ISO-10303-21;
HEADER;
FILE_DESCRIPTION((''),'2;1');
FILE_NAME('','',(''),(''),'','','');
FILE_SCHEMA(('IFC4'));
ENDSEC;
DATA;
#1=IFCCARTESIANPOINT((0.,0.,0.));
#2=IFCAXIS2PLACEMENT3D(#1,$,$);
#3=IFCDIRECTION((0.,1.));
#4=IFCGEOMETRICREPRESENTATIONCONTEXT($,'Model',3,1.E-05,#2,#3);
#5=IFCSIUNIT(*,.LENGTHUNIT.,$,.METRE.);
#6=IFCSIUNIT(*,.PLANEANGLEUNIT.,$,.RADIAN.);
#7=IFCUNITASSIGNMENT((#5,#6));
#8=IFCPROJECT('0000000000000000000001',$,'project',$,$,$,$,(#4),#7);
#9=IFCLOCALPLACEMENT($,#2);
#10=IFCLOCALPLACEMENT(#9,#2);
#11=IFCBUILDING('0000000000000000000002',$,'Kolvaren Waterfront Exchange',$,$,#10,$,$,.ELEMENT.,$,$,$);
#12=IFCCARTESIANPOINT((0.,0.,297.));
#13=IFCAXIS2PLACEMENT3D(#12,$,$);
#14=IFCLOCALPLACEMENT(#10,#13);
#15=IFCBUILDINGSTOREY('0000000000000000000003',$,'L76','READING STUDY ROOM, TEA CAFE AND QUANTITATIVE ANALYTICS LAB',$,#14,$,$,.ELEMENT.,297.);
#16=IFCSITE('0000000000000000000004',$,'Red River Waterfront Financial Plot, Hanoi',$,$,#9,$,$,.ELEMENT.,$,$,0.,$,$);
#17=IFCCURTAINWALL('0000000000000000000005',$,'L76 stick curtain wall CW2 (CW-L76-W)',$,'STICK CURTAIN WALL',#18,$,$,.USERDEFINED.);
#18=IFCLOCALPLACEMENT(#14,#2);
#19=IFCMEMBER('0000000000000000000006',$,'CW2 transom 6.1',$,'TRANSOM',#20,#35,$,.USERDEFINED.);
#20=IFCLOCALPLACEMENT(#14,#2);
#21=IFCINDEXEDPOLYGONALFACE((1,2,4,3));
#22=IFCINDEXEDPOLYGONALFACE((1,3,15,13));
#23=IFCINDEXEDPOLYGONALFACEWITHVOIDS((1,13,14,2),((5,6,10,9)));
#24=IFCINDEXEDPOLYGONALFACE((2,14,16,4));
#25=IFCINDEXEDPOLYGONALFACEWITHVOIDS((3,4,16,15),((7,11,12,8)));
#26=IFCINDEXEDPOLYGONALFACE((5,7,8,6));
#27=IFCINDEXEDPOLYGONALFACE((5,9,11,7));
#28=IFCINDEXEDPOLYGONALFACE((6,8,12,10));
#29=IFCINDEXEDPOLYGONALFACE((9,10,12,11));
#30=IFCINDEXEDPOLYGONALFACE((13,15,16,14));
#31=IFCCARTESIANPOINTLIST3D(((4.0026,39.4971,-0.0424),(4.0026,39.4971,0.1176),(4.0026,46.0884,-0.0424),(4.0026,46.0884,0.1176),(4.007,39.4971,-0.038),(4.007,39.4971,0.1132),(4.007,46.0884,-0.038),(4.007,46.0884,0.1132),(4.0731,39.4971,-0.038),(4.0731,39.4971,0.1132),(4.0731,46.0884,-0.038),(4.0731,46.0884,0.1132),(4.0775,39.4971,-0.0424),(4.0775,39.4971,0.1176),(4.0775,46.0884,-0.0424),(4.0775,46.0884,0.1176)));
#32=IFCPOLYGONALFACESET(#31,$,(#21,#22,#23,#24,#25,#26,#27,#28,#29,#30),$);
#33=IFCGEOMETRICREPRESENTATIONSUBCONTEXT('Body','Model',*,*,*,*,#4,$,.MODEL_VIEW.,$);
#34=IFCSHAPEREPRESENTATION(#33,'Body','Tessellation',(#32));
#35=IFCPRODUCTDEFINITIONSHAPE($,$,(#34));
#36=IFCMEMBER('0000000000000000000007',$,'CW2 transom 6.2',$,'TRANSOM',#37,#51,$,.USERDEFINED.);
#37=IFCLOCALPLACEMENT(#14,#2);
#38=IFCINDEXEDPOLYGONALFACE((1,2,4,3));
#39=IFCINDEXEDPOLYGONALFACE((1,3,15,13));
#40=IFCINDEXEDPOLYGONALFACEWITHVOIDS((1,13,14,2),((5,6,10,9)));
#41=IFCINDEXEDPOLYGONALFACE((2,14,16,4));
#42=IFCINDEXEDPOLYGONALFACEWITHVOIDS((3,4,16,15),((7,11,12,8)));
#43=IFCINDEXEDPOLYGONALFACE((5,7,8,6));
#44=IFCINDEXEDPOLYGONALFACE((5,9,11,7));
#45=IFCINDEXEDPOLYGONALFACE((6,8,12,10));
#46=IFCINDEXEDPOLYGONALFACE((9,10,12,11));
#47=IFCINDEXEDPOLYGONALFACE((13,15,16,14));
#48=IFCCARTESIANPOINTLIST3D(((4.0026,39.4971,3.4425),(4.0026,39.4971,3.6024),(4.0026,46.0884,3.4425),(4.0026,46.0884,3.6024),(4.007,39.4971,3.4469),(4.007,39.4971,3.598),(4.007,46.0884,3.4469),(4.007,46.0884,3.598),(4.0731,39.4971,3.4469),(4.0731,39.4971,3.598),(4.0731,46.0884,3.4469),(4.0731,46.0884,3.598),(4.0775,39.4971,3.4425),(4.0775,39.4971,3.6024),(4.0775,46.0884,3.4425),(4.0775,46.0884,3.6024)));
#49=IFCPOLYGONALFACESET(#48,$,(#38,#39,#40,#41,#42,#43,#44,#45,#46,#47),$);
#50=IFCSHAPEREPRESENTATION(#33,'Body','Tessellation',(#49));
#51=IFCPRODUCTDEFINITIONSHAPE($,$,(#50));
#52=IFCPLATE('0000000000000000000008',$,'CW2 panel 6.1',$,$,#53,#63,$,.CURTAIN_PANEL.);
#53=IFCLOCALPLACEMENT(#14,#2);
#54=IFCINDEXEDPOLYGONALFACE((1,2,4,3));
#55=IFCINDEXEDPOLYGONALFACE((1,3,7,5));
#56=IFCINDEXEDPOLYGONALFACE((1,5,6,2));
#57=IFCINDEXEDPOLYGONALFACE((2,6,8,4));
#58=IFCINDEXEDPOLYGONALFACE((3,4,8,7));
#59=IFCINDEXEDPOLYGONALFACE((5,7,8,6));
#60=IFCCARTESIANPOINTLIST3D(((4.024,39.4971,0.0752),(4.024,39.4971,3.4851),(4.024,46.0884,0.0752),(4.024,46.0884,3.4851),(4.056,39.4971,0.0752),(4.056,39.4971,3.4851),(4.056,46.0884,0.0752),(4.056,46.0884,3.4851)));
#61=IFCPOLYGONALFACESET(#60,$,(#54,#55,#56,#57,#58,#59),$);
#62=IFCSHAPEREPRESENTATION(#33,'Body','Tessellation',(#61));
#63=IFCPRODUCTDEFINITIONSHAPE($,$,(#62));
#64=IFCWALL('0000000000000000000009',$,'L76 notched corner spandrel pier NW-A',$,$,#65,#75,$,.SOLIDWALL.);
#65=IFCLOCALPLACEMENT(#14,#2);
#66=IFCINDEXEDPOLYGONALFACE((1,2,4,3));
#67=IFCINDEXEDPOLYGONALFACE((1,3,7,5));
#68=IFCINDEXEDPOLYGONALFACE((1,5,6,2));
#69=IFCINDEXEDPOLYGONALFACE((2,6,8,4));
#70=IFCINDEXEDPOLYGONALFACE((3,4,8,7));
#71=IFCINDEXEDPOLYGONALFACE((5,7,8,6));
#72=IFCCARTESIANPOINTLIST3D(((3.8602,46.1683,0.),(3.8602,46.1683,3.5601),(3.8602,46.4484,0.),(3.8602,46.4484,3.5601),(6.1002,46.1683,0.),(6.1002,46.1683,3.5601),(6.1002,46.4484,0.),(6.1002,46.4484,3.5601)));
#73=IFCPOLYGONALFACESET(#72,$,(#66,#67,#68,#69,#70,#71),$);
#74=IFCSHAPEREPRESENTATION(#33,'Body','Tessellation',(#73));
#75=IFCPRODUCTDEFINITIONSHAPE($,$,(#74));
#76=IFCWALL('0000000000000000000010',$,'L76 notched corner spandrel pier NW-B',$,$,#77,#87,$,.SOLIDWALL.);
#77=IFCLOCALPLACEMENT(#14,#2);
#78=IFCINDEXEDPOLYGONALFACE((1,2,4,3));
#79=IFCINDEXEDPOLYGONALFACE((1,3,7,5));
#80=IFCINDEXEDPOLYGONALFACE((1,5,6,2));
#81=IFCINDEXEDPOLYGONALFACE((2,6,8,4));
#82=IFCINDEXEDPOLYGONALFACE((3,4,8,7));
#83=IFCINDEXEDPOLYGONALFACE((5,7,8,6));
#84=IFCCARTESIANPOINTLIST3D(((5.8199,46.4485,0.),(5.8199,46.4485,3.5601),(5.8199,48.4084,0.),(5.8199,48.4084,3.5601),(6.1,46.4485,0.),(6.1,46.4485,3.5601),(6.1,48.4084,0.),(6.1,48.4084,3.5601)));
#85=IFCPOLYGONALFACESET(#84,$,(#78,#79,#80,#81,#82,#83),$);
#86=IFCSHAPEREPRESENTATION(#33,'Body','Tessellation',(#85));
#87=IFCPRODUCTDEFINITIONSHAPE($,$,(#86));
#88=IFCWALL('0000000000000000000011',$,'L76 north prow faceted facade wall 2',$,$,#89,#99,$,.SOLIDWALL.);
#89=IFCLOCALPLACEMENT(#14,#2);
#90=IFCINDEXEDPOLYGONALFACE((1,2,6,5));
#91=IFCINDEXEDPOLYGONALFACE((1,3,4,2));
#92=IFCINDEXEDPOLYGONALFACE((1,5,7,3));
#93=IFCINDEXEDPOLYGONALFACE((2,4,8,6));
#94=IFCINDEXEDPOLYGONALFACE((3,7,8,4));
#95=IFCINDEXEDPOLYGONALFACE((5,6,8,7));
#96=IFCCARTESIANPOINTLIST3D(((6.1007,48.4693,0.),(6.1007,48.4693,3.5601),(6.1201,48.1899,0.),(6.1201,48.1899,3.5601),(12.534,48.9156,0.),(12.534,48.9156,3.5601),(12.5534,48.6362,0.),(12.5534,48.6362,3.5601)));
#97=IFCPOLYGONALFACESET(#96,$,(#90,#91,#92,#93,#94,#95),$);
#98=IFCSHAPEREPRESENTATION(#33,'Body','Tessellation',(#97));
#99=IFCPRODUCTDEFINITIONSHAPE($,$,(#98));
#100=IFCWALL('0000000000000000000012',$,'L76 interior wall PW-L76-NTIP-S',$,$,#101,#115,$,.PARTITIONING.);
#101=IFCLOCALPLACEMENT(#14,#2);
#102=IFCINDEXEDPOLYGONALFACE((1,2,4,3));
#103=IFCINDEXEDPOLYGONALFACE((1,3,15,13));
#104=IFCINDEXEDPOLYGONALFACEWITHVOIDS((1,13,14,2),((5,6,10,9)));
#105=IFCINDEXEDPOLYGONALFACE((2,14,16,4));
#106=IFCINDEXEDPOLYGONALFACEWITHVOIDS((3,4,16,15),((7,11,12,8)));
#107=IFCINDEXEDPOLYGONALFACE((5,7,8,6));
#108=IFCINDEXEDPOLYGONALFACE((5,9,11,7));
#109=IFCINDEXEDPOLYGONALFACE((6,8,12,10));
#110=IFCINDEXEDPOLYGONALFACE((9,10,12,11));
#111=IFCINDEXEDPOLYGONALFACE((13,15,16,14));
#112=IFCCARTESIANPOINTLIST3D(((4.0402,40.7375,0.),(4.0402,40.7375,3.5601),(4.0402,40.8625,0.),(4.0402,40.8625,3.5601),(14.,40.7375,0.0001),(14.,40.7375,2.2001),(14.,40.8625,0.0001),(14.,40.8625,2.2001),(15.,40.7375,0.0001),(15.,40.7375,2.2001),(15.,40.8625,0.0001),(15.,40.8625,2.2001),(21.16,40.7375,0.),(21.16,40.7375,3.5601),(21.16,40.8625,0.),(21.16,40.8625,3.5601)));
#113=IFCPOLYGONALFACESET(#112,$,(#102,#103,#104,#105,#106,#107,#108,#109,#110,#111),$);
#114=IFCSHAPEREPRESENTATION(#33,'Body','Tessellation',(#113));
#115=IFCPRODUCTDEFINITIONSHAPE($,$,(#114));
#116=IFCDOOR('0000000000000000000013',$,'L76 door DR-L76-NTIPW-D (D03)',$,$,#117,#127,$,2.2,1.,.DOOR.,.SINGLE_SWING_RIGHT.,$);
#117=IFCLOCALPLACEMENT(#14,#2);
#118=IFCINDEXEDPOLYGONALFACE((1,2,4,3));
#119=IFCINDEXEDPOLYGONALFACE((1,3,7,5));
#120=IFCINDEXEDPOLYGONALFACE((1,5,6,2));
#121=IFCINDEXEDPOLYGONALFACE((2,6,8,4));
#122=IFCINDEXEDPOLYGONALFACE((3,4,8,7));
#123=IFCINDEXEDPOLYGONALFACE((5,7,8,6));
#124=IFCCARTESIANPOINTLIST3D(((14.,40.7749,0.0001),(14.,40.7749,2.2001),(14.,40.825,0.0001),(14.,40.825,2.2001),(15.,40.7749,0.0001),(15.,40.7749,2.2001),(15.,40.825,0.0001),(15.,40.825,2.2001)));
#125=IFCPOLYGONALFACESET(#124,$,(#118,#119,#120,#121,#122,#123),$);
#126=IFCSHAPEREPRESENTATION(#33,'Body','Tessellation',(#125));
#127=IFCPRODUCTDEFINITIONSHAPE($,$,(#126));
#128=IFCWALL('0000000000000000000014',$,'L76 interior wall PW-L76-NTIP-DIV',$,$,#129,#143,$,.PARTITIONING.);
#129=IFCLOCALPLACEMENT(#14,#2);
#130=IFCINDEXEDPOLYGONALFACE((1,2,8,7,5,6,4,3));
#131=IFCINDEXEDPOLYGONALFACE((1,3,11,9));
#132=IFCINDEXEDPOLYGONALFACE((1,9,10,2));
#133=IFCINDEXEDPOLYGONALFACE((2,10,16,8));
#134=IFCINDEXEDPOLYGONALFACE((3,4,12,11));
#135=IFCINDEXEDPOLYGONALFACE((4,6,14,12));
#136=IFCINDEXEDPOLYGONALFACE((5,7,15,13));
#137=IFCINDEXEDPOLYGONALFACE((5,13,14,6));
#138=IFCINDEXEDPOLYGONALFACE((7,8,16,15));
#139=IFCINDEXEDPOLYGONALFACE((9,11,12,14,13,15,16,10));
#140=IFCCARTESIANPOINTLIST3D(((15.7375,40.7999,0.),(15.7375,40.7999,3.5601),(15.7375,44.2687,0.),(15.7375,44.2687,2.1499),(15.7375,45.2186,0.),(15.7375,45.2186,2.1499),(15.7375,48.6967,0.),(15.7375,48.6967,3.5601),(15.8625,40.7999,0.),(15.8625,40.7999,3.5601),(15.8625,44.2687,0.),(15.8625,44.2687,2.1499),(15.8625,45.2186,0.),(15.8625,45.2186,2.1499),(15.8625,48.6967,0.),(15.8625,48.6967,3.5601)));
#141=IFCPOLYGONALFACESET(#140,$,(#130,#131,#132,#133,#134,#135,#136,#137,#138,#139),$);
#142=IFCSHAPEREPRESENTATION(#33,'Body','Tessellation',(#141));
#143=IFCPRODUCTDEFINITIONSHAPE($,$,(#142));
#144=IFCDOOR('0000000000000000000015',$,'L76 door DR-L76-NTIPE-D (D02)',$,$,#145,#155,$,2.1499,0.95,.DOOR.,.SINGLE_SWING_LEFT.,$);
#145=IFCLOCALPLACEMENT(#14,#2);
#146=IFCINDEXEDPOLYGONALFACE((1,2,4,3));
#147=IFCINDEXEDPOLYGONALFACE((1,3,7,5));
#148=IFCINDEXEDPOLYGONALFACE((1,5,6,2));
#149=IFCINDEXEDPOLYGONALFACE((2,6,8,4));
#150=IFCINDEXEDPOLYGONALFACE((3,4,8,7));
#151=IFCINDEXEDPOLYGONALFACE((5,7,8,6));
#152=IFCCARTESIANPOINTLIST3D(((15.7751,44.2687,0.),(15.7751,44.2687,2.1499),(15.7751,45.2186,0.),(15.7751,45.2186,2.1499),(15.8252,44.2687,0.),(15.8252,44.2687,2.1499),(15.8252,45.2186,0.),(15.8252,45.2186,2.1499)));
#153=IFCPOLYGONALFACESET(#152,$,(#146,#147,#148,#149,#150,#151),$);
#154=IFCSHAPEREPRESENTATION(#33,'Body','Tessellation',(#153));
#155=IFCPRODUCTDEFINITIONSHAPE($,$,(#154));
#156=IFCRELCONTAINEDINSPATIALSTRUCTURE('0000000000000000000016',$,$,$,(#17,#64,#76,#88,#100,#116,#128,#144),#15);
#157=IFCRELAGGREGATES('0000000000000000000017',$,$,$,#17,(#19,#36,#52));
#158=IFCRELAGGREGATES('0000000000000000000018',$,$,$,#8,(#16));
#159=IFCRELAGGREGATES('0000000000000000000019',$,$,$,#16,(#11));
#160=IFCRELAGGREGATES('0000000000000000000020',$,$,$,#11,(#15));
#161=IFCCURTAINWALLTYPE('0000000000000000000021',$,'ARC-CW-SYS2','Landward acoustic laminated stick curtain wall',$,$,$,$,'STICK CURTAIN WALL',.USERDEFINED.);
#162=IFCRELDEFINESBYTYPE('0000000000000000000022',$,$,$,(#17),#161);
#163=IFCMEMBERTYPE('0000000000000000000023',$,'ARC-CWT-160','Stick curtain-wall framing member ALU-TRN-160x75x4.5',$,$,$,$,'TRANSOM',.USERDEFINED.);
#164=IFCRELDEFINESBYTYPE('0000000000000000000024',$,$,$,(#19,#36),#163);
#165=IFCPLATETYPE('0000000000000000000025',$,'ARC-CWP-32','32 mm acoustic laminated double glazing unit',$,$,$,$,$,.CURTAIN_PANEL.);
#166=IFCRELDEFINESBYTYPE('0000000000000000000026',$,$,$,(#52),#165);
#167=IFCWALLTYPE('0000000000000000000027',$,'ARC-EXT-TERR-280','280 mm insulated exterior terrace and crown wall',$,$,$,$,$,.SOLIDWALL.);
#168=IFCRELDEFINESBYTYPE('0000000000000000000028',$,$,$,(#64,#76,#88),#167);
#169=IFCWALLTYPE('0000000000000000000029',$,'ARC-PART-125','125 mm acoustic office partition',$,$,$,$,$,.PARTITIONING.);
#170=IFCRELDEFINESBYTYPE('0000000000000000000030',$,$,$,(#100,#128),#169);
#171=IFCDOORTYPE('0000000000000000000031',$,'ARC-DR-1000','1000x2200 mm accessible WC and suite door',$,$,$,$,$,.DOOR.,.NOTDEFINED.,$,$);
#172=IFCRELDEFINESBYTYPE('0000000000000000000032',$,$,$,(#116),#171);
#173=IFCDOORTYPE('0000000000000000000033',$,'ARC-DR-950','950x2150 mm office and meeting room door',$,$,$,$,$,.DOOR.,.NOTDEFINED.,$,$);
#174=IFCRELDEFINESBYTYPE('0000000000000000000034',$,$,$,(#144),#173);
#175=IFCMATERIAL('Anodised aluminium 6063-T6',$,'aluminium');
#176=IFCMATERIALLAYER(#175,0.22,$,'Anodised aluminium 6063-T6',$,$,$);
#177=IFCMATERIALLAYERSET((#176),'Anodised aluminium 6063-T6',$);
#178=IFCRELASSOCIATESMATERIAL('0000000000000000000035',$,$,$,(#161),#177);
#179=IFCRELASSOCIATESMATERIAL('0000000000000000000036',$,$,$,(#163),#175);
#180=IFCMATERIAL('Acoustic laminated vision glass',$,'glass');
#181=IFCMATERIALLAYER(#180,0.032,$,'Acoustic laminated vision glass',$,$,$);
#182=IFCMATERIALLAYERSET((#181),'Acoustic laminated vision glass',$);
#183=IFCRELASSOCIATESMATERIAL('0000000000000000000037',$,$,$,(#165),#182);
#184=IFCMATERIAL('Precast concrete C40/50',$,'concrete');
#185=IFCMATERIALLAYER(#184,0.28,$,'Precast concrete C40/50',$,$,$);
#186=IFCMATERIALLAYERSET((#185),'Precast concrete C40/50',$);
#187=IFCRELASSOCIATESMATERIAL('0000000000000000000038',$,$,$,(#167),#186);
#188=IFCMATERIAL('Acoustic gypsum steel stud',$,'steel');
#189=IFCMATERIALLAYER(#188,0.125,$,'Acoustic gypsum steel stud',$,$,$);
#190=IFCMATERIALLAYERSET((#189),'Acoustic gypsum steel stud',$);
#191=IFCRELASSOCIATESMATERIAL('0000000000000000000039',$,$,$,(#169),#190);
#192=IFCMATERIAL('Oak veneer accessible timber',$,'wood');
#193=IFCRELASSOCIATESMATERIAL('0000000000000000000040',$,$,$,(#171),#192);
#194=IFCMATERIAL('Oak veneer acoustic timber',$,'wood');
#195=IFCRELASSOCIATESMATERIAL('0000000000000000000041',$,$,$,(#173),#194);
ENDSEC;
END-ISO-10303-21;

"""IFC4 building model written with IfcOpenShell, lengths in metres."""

from ifc_helpers import new_model, si_unit, direction, frame, frame_2d, origin, origin_with_axes, origin_2d, place, context, subcontext, project, spatial, rectangle, hollow_rectangle, extrude, source, transform, mapped, material, layer, layer_set, material_profile, profile_set, type_object, element, fill, aggregate, save


model = new_model("IFC4")

# Units and contexts
model_context = context("Model", 3, precision=1e-05, world=origin(), true_north=direction((0.0, 1.0)))
body_context = subcontext(model_context, "Body", "Model", "MODEL_VIEW")
ifc_project = project(units=[si_unit("LENGTHUNIT", "METRE"), si_unit("PLANEANGLEUNIT", "RADIAN")], contexts=[model_context])

# Site, building, storey
site_placement = place(None, origin())
site = spatial("IfcSite", under=ifc_project, at=site_placement, Name="Red River Waterfront Financial Plot, Hanoi", CompositionType="ELEMENT", RefElevation=0.0)
building_placement = place(site_placement, origin())
building = spatial("IfcBuilding", under=site, at=building_placement, Name="Kolvaren Waterfront Exchange", CompositionType="ELEMENT")
storey_placement = place(building_placement, frame((0.0, 0.0, 297.0)))
storey = spatial("IfcBuildingStorey", under=building, at=storey_placement, Name="L76", Description="READING STUDY ROOM, TEA CAFE AND QUANTITATIVE ANALYTICS LAB", CompositionType="ELEMENT", Elevation=297.0)

# Curtain wall, members, plate
ifc_material_1 = material(Name="Anodised aluminium 6063-T6", Category="aluminium")
ifc_layer_1 = layer(ifc_material_1, 0.22, Name="Anodised aluminium 6063-T6")
ifc_layer_set_1 = layer_set([ifc_layer_1], Name="Anodised aluminium 6063-T6")
curtain_wall_type = type_object("IfcCurtainWallType", Name="ARC-CW-SYS2", Description="Landward acoustic laminated stick curtain wall", ElementType="STICK CURTAIN WALL", PredefinedType="USERDEFINED", material=ifc_layer_set_1)
curtain_wall_placement = place(storey_placement, origin())
curtain_wall = element("IfcCurtainWall", 1, at=curtain_wall_placement, inside=storey, type_object=curtain_wall_type, Name="L76 stick curtain wall CW2 (CW-L76-W)", ObjectType="STICK CURTAIN WALL", PredefinedType="USERDEFINED")
ifc_material_profile_1 = material_profile(ifc_material_1, hollow_rectangle(XDim=0.075, YDim=0.1599, WallThickness=0.0044, at=origin_2d()), Name="ALU-TRN-160x75x4.5")
ifc_profile_set_1 = profile_set([ifc_material_profile_1], Name="Anodised aluminium 6063-T6")
member_type_1 = type_object("IfcMemberType", Name="ARC-CWT-160", Description="Stick curtain-wall framing member ALU-TRN-160x75x4.5", ElementType="TRANSOM", PredefinedType="USERDEFINED", material=ifc_profile_set_1)
shared_shape_1 = source(origin_with_axes(), body_context, "Body", "SweptSolid", [
    extrude(hollow_rectangle(XDim=0.075, YDim=0.1599, WallThickness=0.0044, at=origin_2d()), origin(), (0.0, 0.0, 1.0), 6.5913),
])
member_1_placement = place(storey_placement, frame((4.04, 39.4971, 0.0376), z_axis=(0.0, 1.0, 0.0), x_axis=(-1.0, 0.0, 0.0)))
member_1 = element("IfcMember", 2, at=member_1_placement, type_object=member_type_1, Name="CW2 transom 6.1", ObjectType="TRANSOM", PredefinedType="USERDEFINED", context=body_context, shape_type="MappedRepresentation", body=[
    mapped(shared_shape_1, transform((0.0, 0.0, 0.0), x_axis=(1.0, 0.0, 0.0), y_axis=(0.0, 1.0, 0.0), z_axis=(0.0, 0.0, 1.0), scale=1.0)),
])
member_2_placement = place(storey_placement, frame((4.04, 39.4971, 3.5225), z_axis=(0.0, 1.0, 0.0), x_axis=(-1.0, 0.0, 0.0)))
member_2 = element("IfcMember", 3, at=member_2_placement, type_object=member_type_1, Name="CW2 transom 6.2", ObjectType="TRANSOM", PredefinedType="USERDEFINED", context=body_context, shape_type="MappedRepresentation", body=[
    mapped(shared_shape_1, transform((0.0, 0.0, 0.0), x_axis=(1.0, 0.0, 0.0), y_axis=(0.0, 1.0, 0.0), z_axis=(0.0, 0.0, 1.0), scale=1.0)),
])
ifc_material_2 = material(Name="Acoustic laminated vision glass", Category="glass")
ifc_layer_2 = layer(ifc_material_2, 0.032, Name="Acoustic laminated vision glass")
ifc_layer_set_2 = layer_set([ifc_layer_2], Name="Acoustic laminated vision glass")
plate_type = type_object("IfcPlateType", Name="ARC-CWP-32", Description="32 mm acoustic laminated double glazing unit", PredefinedType="CURTAIN_PANEL", material=ifc_layer_set_2)
shared_shape_2 = source(origin_with_axes(), body_context, "Body", "SweptSolid", [
    extrude(rectangle(XDim=6.5913, YDim=0.032, at=origin_2d()), origin(), (0.0, 0.0, 1.0), 3.4099),
])
plate_placement = place(storey_placement, frame((4.04, 42.7927, 0.0752), z_axis=(0.0, 0.0, 1.0), x_axis=(0.0, 1.0, 0.0)))
plate = element("IfcPlate", 4, at=plate_placement, type_object=plate_type, Name="CW2 panel 6.1", PredefinedType="CURTAIN_PANEL", context=body_context, shape_type="MappedRepresentation", body=[
    mapped(shared_shape_2, transform((0.0, 0.0, 0.0), x_axis=(1.0, 0.0, 0.0), y_axis=(0.0, 1.0, 0.0), z_axis=(0.0, 0.0, 1.0), scale=1.0)),
])
aggregate(curtain_wall, [member_1, member_2, plate])

# Walls
ifc_material_3 = material(Name="Precast concrete C40/50", Category="concrete")
ifc_layer_3 = layer(ifc_material_3, 0.28, Name="Precast concrete C40/50")
ifc_layer_set_3 = layer_set([ifc_layer_3], Name="Precast concrete C40/50")
wall_type_1 = type_object("IfcWallType", Name="ARC-EXT-TERR-280", Description="280 mm insulated exterior terrace and crown wall", PredefinedType="SOLIDWALL", material=ifc_layer_set_3)
wall_1_placement = place(storey_placement, frame((3.8601, 46.3083, 0.0), z_axis=(0.0, 0.0, 1.0), x_axis=(1.0, 0.0, 0.0)))
element("IfcWall", 5, at=wall_1_placement, inside=storey, type_object=wall_type_1, Name="L76 notched corner spandrel pier NW-A", PredefinedType="SOLIDWALL", context=body_context, shape_type="SweptSolid", body=[
    extrude(rectangle(XDim=2.24, YDim=0.28, at=frame_2d((1.1201, 0.0))), origin(), (0.0, 0.0, 1.0), 3.5601),
])
wall_2_placement = place(storey_placement, frame((5.96, 46.4485, 0.0), z_axis=(0.0, 0.0, 1.0), x_axis=(0.0, 1.0, 0.0)))
element("IfcWall", 6, at=wall_2_placement, inside=storey, type_object=wall_type_1, Name="L76 notched corner spandrel pier NW-B", PredefinedType="SOLIDWALL", context=body_context, shape_type="SweptSolid", body=[
    extrude(rectangle(XDim=1.96, YDim=0.28, at=frame_2d((0.98, 0.0))), origin(), (0.0, 0.0, 1.0), 3.5601),
])
wall_3_placement = place(storey_placement, frame((12.5437, 48.7759, 0.0), z_axis=(0.0, 0.0, 1.0), x_axis=(-0.997602, -0.069205, 0.0)))
element("IfcWall", 7, at=wall_3_placement, inside=storey, type_object=wall_type_1, Name="L76 north prow faceted facade wall 2", PredefinedType="SOLIDWALL", context=body_context, shape_type="SweptSolid", body=[
    extrude(rectangle(XDim=6.4487, YDim=0.28, at=frame_2d((3.2244, 0.0))), origin(), (0.0, 0.0, 1.0), 3.5601),
])

# Walls, openings, doors
ifc_material_4 = material(Name="Acoustic gypsum steel stud", Category="steel")
ifc_layer_4 = layer(ifc_material_4, 0.125, Name="Acoustic gypsum steel stud")
ifc_layer_set_4 = layer_set([ifc_layer_4], Name="Acoustic gypsum steel stud")
wall_type_2 = type_object("IfcWallType", Name="ARC-PART-125", Description="125 mm acoustic office partition", PredefinedType="PARTITIONING", material=ifc_layer_set_4)
wall_4_placement = place(storey_placement, frame((4.04, 40.8, 0.0), z_axis=(0.0, 0.0, 1.0), x_axis=(1.0, 0.0, 0.0)))
wall_4 = element("IfcWall", 8, at=wall_4_placement, inside=storey, type_object=wall_type_2, Name="L76 interior wall PW-L76-NTIP-S", PredefinedType="PARTITIONING", context=body_context, shape_type="SweptSolid", body=[
    extrude(rectangle(XDim=17.1199, YDim=0.125, at=frame_2d((8.5601, 0.0))), origin(), (0.0, 0.0, 1.0), 3.5601),
])
opening_1_placement = place(wall_4_placement, frame((9.96, 0.0, 0.0)))
opening_1 = element("IfcOpeningElement", 9, at=opening_1_placement, cuts=wall_4, PredefinedType="OPENING", context=body_context, shape_type="SweptSolid", body=[
    extrude(rectangle(XDim=1.0, YDim=2.2, at=frame_2d((0.5, 1.1001))), frame((0.0, 0.0725, 0.0), z_axis=(0.0, -1.0, 0.0), x_axis=(1.0, 0.0, 0.0)), (0.0, 0.0, 1.0), 0.145),
])
ifc_material_5 = material(Name="Oak veneer accessible timber", Category="wood")
door_type_1 = type_object("IfcDoorType", Name="ARC-DR-1000", Description="1000x2200 mm accessible WC and suite door", OperationType="NOTDEFINED", PredefinedType="DOOR", material=ifc_material_5)
door_1_placement = place(opening_1_placement, origin())
door_1 = element("IfcDoor", 10, at=door_1_placement, inside=storey, type_object=door_type_1, Name="L76 door DR-L76-NTIPW-D (D03)", OperationType="SINGLE_SWING_RIGHT", OverallHeight=2.2, OverallWidth=1.0, PredefinedType="DOOR", context=body_context, shape_type="SweptSolid", body=[
    extrude(rectangle(XDim=1.0, YDim=2.2, at=frame_2d((0.5, 1.1001))), frame((0.0, 0.0249, 0.0), z_axis=(0.0, -1.0, 0.0), x_axis=(1.0, 0.0, 0.0)), (0.0, 0.0, 1.0), 0.05),
])
fill(opening_1, door_1)
wall_5_placement = place(storey_placement, frame((15.8, 40.8, 0.0), z_axis=(0.0, 0.0, 1.0), x_axis=(0.0, 1.0, 0.0)))
wall_5 = element("IfcWall", 11, at=wall_5_placement, inside=storey, type_object=wall_type_2, Name="L76 interior wall PW-L76-NTIP-DIV", PredefinedType="PARTITIONING", context=body_context, shape_type="SweptSolid", body=[
    extrude(rectangle(XDim=7.8967, YDim=0.125, at=frame_2d((3.9482, 0.0))), origin(), (0.0, 0.0, 1.0), 3.5601),
])
opening_2_placement = place(wall_5_placement, frame((3.4685, 0.0, 0.0)))
opening_2 = element("IfcOpeningElement", 12, at=opening_2_placement, cuts=wall_5, PredefinedType="OPENING", context=body_context, shape_type="SweptSolid", body=[
    extrude(rectangle(XDim=0.95, YDim=2.1499, at=frame_2d((0.4751, 1.075))), frame((0.0, 0.0725, 0.0), z_axis=(0.0, -1.0, 0.0), x_axis=(1.0, 0.0, 0.0)), (0.0, 0.0, 1.0), 0.145),
])
ifc_material_6 = material(Name="Oak veneer acoustic timber", Category="wood")
door_type_2 = type_object("IfcDoorType", Name="ARC-DR-950", Description="950x2150 mm office and meeting room door", OperationType="NOTDEFINED", PredefinedType="DOOR", material=ifc_material_6)
door_2_placement = place(opening_2_placement, origin())
door_2 = element("IfcDoor", 13, at=door_2_placement, inside=storey, type_object=door_type_2, Name="L76 door DR-L76-NTIPE-D (D02)", OperationType="SINGLE_SWING_LEFT", OverallHeight=2.1499, OverallWidth=0.95, PredefinedType="DOOR", context=body_context, shape_type="SweptSolid", body=[
    extrude(rectangle(XDim=0.95, YDim=2.1499, at=frame_2d((0.4751, 1.075))), frame((0.0, 0.0249, 0.0), z_axis=(0.0, -1.0, 0.0), x_axis=(1.0, 0.0, 0.0)), (0.0, 0.0, 1.0), 0.05),
])
fill(opening_2, door_2)

save(model, "model.ifc")
